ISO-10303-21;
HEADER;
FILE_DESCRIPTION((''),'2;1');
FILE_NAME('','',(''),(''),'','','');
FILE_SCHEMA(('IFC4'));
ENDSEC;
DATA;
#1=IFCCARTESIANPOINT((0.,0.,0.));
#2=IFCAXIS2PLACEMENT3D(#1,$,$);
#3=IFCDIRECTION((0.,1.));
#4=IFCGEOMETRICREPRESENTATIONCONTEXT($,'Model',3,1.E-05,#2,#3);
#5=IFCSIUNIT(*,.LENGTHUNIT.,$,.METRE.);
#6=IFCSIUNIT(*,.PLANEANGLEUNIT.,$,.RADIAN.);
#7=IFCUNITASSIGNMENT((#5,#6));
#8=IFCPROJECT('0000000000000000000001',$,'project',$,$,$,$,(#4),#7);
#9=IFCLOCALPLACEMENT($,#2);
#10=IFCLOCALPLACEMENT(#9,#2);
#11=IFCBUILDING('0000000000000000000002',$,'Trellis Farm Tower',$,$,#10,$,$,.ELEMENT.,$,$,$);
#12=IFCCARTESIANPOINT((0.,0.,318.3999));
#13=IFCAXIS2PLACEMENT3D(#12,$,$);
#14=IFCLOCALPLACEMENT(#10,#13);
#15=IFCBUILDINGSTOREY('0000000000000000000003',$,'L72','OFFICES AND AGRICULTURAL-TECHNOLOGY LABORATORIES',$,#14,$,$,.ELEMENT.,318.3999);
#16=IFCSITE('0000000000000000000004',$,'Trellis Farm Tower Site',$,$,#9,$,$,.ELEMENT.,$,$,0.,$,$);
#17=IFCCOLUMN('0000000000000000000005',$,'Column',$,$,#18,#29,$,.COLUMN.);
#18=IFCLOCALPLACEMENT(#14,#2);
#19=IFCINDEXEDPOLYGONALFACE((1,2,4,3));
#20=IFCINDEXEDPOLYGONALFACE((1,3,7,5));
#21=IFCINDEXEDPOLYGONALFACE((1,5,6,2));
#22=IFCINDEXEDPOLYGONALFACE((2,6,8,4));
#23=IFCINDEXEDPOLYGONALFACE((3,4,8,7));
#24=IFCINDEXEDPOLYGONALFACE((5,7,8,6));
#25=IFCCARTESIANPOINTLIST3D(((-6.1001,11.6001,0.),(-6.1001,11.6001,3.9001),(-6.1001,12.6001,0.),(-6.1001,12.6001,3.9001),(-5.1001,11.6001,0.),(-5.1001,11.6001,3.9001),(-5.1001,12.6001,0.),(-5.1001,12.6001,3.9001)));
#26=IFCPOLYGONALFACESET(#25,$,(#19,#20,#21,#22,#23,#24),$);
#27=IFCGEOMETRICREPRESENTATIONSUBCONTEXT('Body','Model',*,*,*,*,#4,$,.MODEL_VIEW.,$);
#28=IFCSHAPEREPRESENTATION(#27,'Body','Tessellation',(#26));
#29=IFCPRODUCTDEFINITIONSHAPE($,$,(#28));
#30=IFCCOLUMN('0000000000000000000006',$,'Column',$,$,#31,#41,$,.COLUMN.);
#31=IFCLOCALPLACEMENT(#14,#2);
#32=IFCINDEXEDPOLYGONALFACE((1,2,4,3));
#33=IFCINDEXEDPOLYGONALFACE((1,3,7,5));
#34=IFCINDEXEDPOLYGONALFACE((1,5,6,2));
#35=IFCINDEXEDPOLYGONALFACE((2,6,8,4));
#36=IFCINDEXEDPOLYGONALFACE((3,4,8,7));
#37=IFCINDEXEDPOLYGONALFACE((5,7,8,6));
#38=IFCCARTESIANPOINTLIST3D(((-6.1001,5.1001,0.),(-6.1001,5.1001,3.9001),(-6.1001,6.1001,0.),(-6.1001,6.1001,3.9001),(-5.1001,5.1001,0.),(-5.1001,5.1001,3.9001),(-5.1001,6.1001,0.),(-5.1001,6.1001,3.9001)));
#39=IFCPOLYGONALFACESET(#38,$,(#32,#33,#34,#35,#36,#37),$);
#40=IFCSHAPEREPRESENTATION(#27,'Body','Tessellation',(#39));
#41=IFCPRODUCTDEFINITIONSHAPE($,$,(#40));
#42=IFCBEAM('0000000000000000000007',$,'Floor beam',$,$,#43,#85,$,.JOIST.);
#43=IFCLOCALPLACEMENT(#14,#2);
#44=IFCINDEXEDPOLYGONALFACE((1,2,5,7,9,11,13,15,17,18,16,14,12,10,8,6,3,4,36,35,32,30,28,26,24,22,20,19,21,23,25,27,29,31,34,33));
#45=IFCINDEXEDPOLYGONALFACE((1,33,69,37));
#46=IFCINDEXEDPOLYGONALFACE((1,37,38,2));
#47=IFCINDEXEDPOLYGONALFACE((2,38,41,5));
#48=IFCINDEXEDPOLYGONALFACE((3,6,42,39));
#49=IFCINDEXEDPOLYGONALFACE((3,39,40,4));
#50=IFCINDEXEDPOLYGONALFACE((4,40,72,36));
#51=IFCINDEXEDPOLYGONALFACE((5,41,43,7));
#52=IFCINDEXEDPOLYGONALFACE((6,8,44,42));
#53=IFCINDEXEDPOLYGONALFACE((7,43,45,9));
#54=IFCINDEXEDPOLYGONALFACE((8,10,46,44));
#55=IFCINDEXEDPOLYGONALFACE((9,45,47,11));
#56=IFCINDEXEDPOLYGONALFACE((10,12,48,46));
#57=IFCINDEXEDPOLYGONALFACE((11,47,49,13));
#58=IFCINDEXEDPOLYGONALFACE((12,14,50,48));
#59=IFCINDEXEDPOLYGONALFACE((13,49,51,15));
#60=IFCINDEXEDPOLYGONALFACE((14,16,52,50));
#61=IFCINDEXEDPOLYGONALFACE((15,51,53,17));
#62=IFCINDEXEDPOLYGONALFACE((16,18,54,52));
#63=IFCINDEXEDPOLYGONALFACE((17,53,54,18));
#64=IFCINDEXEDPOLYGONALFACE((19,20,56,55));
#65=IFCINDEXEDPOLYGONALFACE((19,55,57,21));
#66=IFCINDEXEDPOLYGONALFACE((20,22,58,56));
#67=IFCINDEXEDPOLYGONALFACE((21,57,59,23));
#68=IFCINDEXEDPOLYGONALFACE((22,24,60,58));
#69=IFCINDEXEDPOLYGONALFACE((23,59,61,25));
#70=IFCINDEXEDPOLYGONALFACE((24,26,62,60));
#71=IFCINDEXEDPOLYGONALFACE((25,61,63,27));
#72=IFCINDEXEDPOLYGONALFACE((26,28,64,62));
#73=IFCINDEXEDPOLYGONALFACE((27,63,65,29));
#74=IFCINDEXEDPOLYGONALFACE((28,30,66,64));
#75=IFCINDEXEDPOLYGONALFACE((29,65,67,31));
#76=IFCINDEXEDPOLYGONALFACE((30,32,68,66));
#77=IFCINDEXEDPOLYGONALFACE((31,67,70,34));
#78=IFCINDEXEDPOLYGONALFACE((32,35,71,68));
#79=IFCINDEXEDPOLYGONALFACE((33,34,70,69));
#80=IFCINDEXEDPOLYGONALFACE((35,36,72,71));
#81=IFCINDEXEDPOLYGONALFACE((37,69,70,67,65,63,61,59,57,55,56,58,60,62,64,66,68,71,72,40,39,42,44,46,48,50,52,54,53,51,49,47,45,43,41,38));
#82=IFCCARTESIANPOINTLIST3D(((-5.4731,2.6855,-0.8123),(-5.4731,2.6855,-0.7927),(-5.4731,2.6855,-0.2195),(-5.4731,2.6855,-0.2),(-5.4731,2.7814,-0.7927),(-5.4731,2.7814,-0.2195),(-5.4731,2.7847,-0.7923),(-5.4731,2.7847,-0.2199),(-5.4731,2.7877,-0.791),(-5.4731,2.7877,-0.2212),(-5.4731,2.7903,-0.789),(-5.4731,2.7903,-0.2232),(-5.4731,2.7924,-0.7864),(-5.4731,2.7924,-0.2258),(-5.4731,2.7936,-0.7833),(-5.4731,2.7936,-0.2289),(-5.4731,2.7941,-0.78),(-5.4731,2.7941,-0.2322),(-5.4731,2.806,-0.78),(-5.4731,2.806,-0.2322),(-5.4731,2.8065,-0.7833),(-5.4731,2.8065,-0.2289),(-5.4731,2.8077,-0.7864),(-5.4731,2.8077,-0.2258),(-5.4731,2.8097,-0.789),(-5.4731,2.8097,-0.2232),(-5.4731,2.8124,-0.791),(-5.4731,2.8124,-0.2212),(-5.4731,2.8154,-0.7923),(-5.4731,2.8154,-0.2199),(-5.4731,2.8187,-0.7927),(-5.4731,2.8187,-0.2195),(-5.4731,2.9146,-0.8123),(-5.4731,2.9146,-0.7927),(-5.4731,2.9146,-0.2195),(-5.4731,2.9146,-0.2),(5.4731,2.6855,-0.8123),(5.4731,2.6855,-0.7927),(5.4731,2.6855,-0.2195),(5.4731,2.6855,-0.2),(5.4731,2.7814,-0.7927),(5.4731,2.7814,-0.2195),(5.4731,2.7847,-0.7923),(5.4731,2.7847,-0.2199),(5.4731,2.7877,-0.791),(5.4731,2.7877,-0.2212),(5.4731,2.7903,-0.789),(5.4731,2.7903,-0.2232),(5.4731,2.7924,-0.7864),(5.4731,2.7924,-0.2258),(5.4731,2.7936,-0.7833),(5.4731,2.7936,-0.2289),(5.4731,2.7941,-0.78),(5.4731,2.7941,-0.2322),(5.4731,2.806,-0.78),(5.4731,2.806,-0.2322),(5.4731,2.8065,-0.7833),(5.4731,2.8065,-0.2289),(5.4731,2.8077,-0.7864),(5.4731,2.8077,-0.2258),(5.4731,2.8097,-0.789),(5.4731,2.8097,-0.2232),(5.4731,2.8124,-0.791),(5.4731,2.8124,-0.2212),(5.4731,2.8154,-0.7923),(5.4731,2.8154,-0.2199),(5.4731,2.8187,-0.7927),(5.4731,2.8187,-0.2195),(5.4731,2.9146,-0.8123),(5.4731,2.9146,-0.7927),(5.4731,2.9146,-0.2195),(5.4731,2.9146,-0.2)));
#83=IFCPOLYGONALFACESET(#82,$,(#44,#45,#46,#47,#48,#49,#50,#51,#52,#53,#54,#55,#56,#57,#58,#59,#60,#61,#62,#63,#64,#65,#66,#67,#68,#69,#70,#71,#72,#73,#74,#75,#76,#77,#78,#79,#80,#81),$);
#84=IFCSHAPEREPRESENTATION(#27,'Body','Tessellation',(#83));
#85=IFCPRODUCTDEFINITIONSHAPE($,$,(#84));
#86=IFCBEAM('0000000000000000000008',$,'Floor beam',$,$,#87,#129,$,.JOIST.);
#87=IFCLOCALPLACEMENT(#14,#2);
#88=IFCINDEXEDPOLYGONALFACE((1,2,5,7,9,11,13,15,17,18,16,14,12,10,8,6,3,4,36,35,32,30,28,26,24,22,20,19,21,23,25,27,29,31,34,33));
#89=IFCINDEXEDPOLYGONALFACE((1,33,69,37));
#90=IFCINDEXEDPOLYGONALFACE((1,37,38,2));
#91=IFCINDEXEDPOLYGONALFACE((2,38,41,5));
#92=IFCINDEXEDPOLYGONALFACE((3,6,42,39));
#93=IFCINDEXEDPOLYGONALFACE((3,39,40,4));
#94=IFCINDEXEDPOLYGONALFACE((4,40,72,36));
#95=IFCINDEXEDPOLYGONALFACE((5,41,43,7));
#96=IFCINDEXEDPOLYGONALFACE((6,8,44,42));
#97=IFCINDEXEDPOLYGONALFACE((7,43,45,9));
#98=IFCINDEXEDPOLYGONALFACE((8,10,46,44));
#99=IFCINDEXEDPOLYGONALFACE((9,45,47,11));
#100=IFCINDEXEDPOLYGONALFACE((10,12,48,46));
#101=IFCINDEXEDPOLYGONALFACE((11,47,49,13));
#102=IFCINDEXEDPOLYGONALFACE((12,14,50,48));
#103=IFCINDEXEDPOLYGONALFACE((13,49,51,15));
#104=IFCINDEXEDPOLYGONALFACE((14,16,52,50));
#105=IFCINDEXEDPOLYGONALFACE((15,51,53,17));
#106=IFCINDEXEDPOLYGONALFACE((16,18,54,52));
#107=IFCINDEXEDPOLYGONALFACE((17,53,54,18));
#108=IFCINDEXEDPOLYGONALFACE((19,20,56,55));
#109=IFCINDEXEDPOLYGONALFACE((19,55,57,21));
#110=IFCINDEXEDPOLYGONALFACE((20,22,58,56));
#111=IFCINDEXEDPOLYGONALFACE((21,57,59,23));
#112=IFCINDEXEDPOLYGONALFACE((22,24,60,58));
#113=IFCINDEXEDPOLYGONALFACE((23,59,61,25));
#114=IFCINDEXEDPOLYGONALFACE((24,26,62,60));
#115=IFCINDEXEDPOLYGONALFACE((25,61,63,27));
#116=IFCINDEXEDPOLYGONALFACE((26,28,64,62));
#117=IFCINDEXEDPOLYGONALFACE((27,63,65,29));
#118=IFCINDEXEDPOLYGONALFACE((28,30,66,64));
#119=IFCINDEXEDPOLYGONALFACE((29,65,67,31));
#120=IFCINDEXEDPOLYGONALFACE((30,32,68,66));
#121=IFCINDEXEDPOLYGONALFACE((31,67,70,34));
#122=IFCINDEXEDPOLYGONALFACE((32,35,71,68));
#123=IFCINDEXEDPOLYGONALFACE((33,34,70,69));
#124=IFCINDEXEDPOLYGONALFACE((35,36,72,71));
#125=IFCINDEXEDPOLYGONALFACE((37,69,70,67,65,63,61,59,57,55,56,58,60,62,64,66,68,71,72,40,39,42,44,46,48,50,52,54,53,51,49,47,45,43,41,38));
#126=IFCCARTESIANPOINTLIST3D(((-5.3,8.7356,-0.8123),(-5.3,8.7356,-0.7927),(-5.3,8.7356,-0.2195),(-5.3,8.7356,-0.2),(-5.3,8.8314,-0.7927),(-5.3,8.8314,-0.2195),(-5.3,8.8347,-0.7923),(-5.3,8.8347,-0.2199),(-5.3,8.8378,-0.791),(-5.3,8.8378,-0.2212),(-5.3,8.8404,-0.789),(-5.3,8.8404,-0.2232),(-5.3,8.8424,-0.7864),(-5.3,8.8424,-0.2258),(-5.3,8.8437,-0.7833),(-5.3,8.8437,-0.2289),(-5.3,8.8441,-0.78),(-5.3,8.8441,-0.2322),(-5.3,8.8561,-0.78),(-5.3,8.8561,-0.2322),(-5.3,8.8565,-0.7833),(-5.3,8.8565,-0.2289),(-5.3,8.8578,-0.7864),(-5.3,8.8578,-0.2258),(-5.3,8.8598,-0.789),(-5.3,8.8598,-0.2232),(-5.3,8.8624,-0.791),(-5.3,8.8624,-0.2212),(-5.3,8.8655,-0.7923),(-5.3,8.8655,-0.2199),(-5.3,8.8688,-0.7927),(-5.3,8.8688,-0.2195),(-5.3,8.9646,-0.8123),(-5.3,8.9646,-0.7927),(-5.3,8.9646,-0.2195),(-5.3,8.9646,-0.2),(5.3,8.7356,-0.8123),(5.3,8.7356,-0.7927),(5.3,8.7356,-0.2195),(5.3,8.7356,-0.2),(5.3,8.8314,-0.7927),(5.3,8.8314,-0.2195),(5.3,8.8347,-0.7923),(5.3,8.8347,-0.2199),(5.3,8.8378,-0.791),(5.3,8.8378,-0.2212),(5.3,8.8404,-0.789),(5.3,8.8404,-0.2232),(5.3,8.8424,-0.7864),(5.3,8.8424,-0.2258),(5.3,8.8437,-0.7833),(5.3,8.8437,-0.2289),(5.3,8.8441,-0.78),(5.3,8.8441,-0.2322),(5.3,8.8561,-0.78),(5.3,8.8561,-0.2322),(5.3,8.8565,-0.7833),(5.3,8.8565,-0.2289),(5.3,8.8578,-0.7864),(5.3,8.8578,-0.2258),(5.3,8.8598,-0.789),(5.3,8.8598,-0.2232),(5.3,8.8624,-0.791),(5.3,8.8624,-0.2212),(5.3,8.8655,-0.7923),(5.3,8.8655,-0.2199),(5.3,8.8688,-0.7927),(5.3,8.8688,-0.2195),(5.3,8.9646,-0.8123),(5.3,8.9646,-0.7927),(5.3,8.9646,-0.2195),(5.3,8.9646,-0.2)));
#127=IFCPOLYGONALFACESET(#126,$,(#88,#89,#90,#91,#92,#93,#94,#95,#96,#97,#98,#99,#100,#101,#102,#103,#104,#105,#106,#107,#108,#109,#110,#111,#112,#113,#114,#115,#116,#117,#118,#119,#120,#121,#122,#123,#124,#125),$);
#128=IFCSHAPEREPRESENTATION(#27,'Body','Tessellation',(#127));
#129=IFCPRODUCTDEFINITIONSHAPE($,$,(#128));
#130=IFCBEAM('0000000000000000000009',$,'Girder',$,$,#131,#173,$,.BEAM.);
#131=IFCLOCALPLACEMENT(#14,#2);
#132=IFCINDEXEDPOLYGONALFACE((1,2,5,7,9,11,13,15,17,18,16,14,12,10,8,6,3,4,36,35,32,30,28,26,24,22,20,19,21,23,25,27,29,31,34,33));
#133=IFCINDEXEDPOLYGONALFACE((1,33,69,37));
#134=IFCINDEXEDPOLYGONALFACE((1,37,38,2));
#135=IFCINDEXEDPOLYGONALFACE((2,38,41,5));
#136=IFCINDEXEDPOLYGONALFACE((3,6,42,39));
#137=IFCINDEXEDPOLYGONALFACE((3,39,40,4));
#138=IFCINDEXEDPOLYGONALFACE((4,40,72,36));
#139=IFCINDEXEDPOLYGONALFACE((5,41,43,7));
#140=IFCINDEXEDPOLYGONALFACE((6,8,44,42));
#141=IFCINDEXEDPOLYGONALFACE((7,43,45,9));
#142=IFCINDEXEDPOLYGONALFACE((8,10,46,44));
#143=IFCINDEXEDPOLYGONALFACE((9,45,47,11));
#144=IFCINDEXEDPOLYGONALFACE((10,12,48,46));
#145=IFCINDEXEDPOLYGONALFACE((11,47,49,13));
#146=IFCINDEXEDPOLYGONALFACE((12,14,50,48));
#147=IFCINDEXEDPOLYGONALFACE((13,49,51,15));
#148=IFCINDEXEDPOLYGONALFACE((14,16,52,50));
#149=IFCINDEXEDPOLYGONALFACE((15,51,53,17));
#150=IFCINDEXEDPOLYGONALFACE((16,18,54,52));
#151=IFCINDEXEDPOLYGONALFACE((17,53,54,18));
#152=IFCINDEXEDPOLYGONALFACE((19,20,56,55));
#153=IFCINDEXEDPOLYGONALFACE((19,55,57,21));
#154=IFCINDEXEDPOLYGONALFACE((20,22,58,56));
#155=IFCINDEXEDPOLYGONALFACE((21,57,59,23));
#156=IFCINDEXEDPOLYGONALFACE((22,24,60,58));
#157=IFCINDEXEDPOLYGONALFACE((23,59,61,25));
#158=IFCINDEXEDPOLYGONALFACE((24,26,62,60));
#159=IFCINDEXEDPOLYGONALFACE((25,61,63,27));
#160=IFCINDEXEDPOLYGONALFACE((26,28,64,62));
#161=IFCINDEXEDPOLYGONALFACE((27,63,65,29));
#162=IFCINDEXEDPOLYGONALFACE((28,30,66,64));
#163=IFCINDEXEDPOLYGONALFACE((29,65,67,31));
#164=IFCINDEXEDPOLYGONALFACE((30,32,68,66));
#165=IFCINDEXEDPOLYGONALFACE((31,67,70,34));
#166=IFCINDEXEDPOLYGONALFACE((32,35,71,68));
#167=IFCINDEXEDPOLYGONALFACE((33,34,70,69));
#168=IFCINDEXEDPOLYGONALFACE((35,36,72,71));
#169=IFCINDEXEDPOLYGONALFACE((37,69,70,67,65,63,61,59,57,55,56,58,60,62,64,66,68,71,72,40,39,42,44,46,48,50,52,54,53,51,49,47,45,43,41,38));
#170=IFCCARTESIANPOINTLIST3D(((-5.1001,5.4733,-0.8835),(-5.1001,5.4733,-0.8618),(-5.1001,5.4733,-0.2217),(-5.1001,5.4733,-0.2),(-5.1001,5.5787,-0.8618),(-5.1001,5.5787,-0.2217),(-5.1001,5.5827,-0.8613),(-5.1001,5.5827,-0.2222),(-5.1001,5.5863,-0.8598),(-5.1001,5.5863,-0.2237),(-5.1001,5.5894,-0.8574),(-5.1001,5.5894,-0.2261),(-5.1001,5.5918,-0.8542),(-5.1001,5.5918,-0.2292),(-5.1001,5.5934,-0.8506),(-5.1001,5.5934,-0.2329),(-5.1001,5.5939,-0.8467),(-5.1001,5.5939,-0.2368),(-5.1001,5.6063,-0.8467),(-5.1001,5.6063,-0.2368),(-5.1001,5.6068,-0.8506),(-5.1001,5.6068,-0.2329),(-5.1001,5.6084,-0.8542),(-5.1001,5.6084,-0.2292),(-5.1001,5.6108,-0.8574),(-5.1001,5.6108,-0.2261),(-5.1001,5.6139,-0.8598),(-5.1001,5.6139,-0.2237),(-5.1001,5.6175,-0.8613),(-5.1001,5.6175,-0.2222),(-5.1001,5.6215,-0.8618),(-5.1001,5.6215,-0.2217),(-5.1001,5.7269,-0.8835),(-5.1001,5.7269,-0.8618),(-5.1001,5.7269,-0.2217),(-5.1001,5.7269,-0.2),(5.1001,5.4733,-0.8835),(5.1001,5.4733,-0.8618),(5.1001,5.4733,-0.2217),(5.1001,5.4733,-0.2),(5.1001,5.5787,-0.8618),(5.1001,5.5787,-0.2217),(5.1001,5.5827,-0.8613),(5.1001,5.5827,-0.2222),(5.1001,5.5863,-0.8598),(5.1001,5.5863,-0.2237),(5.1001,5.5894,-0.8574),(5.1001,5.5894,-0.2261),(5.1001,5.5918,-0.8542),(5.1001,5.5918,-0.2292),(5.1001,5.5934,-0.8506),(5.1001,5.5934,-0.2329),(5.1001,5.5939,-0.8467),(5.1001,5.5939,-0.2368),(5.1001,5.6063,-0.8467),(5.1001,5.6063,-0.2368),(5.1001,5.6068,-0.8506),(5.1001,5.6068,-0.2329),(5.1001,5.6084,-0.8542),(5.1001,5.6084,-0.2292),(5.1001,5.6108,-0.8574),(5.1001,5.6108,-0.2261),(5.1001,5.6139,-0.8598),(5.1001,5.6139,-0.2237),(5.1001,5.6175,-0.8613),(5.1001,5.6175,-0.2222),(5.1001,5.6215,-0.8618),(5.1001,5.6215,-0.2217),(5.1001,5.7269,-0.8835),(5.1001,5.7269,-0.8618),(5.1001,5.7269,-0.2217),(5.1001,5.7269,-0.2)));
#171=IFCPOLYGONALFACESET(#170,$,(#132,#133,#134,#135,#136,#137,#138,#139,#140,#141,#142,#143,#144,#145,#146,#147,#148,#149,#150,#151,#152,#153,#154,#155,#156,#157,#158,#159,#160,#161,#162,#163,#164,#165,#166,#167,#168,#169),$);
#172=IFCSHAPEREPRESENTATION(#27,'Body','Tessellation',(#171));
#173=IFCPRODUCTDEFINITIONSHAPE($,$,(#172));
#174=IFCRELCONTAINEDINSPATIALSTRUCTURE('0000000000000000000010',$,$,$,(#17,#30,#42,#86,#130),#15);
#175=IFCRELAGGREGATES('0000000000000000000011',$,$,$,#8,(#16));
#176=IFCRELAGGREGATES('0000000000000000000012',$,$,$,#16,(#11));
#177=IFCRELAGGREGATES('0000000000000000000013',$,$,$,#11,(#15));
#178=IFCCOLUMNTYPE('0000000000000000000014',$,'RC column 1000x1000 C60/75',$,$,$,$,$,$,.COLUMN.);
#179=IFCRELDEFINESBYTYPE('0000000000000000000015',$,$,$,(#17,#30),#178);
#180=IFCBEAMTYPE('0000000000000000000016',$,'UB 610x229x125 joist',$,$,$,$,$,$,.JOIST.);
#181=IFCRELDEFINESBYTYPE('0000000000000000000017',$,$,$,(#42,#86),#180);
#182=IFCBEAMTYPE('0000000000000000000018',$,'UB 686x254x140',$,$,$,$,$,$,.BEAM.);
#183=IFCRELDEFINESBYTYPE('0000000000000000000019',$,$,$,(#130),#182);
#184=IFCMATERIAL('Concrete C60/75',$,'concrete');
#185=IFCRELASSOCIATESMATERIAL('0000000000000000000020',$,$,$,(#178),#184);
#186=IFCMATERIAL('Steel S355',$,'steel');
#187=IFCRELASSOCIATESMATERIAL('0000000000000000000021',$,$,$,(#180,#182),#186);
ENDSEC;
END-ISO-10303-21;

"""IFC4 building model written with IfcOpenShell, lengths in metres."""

from ifc_helpers import new_model, si_unit, direction, frame, origin, origin_2d, place, context, subcontext, project, spatial, rectangle, i_section, extrude, source, transform, mapped, material, material_profile, profile_set, type_object, element, save


model = new_model("IFC4")

# Units and contexts
model_context = context("Model", 3, precision=1e-05, world=origin(), true_north=direction((0.0, 1.0)))
body_context = subcontext(model_context, "Body", "Model", "MODEL_VIEW")
ifc_project = project(units=[si_unit("LENGTHUNIT", "METRE"), si_unit("PLANEANGLEUNIT", "RADIAN")], contexts=[model_context])

# Site, building, storey
site_placement = place(None, origin())
site = spatial("IfcSite", under=ifc_project, at=site_placement, Name="Trellis Farm Tower Site", CompositionType="ELEMENT", RefElevation=0.0)
building_placement = place(site_placement, origin())
building = spatial("IfcBuilding", under=site, at=building_placement, Name="Trellis Farm Tower", CompositionType="ELEMENT")
storey_placement = place(building_placement, frame((0.0, 0.0, 318.3999)))
storey = spatial("IfcBuildingStorey", under=building, at=storey_placement, Name="L72", Description="OFFICES AND AGRICULTURAL-TECHNOLOGY LABORATORIES", CompositionType="ELEMENT", Elevation=318.3999)

# Columns
ifc_material_1 = material(Name="Concrete C60/75", Category="concrete")
ifc_material_profile_1 = material_profile(ifc_material_1, rectangle(XDim=1.0, YDim=1.0, at=origin_2d()), Name="RC column 1000x1000 C60/75")
ifc_profile_set_1 = profile_set([ifc_material_profile_1], Name="Concrete C60/75")
column_type = type_object("IfcColumnType", Name="RC column 1000x1000 C60/75", PredefinedType="COLUMN", material=ifc_profile_set_1)
shared_shape_1 = source(origin(), body_context, "Body", "SweptSolid", [
    extrude(rectangle(XDim=1.0, YDim=1.0, at=origin_2d()), origin(), (0.0, 0.0, 1.0), 3.9001),
])
for number, where, z_axis, x_axis, name in (
    (1, (-5.6001, 12.1001, 0.0), (0.0, 0.0, 1.0), (1.0, 0.0, 0.0), "Column"),
    (2, (-5.6001, 5.6001, 0.0), (0.0, 0.0, 1.0), (1.0, 0.0, 0.0), "Column"),
):
    element("IfcColumn", number, at=place(storey_placement, frame(where, z_axis=z_axis, x_axis=x_axis)), inside=storey, type_object=column_type, Name=name, PredefinedType="COLUMN", context=body_context, shape_type="MappedRepresentation", body=[
        mapped(shared_shape_1, transform((0.0, 0.0, 0.0))),
    ])

# Beams
ifc_material_2 = material(Name="Steel S355", Category="steel")
ifc_material_profile_2 = material_profile(ifc_material_2, i_section(OverallWidth=0.229, OverallDepth=0.6123, WebThickness=0.012, FlangeThickness=0.0195, FilletRadius=0.0127, at=origin_2d()), Name="UB 610x229x125")
ifc_profile_set_2 = profile_set([ifc_material_profile_2], Name="Steel S355")
beam_type_1 = type_object("IfcBeamType", Name="UB 610x229x125 joist", PredefinedType="JOIST", material=ifc_profile_set_2)
shared_shape_2 = source(origin(), body_context, "Body", "SweptSolid", [
    extrude(i_section(OverallWidth=0.229, OverallDepth=0.6123, WebThickness=0.012, FlangeThickness=0.0195, FilletRadius=0.0127, at=origin_2d()), origin(), (0.0, 0.0, 1.0), 10.9463),
])
beam_1_placement = place(storey_placement, frame((-5.4731, 2.8, -0.5061), z_axis=(1.0, 0.0, 0.0), x_axis=(0.0, 1.0, 0.0)))
element("IfcBeam", 3, at=beam_1_placement, inside=storey, type_object=beam_type_1, Name="Floor beam", PredefinedType="JOIST", context=body_context, shape_type="MappedRepresentation", body=[
    mapped(shared_shape_2, transform((0.0, 0.0, 0.0))),
])
shared_shape_3 = source(origin(), body_context, "Body", "SweptSolid", [
    extrude(i_section(OverallWidth=0.229, OverallDepth=0.6123, WebThickness=0.012, FlangeThickness=0.0195, FilletRadius=0.0127, at=origin_2d()), origin(), (0.0, 0.0, 1.0), 10.6001),
])
beam_2_placement = place(storey_placement, frame((-5.3, 8.8501, -0.5061), z_axis=(1.0, 0.0, 0.0), x_axis=(0.0, 1.0, 0.0)))
element("IfcBeam", 4, at=beam_2_placement, inside=storey, type_object=beam_type_1, Name="Floor beam", PredefinedType="JOIST", context=body_context, shape_type="MappedRepresentation", body=[
    mapped(shared_shape_3, transform((0.0, 0.0, 0.0))),
])
ifc_material_profile_3 = material_profile(ifc_material_2, i_section(OverallWidth=0.2537, OverallDepth=0.6836, WebThickness=0.0125, FlangeThickness=0.0217, FilletRadius=0.0151, at=origin_2d()), Name="UB 686x254x140")
ifc_profile_set_3 = profile_set([ifc_material_profile_3], Name="Steel S355")
beam_type_2 = type_object("IfcBeamType", Name="UB 686x254x140", PredefinedType="BEAM", material=ifc_profile_set_3)
shared_shape_4 = source(origin(), body_context, "Body", "SweptSolid", [
    extrude(i_section(OverallWidth=0.2537, OverallDepth=0.6836, WebThickness=0.0125, FlangeThickness=0.0217, FilletRadius=0.0151, at=origin_2d()), origin(), (0.0, 0.0, 1.0), 10.2002),
])
for number, where, z_axis, x_axis, name in (
    (5, (-5.1001, 5.6001, -0.5417), (1.0, 0.0, 0.0), (0.0, 1.0, 0.0), "Girder"),
):
    element("IfcBeam", number, at=place(storey_placement, frame(where, z_axis=z_axis, x_axis=x_axis)), inside=storey, type_object=beam_type_2, Name=name, PredefinedType="BEAM", context=body_context, shape_type="MappedRepresentation", body=[
        mapped(shared_shape_4, transform((0.0, 0.0, 0.0))),
    ])

save(model, "model.ifc")
